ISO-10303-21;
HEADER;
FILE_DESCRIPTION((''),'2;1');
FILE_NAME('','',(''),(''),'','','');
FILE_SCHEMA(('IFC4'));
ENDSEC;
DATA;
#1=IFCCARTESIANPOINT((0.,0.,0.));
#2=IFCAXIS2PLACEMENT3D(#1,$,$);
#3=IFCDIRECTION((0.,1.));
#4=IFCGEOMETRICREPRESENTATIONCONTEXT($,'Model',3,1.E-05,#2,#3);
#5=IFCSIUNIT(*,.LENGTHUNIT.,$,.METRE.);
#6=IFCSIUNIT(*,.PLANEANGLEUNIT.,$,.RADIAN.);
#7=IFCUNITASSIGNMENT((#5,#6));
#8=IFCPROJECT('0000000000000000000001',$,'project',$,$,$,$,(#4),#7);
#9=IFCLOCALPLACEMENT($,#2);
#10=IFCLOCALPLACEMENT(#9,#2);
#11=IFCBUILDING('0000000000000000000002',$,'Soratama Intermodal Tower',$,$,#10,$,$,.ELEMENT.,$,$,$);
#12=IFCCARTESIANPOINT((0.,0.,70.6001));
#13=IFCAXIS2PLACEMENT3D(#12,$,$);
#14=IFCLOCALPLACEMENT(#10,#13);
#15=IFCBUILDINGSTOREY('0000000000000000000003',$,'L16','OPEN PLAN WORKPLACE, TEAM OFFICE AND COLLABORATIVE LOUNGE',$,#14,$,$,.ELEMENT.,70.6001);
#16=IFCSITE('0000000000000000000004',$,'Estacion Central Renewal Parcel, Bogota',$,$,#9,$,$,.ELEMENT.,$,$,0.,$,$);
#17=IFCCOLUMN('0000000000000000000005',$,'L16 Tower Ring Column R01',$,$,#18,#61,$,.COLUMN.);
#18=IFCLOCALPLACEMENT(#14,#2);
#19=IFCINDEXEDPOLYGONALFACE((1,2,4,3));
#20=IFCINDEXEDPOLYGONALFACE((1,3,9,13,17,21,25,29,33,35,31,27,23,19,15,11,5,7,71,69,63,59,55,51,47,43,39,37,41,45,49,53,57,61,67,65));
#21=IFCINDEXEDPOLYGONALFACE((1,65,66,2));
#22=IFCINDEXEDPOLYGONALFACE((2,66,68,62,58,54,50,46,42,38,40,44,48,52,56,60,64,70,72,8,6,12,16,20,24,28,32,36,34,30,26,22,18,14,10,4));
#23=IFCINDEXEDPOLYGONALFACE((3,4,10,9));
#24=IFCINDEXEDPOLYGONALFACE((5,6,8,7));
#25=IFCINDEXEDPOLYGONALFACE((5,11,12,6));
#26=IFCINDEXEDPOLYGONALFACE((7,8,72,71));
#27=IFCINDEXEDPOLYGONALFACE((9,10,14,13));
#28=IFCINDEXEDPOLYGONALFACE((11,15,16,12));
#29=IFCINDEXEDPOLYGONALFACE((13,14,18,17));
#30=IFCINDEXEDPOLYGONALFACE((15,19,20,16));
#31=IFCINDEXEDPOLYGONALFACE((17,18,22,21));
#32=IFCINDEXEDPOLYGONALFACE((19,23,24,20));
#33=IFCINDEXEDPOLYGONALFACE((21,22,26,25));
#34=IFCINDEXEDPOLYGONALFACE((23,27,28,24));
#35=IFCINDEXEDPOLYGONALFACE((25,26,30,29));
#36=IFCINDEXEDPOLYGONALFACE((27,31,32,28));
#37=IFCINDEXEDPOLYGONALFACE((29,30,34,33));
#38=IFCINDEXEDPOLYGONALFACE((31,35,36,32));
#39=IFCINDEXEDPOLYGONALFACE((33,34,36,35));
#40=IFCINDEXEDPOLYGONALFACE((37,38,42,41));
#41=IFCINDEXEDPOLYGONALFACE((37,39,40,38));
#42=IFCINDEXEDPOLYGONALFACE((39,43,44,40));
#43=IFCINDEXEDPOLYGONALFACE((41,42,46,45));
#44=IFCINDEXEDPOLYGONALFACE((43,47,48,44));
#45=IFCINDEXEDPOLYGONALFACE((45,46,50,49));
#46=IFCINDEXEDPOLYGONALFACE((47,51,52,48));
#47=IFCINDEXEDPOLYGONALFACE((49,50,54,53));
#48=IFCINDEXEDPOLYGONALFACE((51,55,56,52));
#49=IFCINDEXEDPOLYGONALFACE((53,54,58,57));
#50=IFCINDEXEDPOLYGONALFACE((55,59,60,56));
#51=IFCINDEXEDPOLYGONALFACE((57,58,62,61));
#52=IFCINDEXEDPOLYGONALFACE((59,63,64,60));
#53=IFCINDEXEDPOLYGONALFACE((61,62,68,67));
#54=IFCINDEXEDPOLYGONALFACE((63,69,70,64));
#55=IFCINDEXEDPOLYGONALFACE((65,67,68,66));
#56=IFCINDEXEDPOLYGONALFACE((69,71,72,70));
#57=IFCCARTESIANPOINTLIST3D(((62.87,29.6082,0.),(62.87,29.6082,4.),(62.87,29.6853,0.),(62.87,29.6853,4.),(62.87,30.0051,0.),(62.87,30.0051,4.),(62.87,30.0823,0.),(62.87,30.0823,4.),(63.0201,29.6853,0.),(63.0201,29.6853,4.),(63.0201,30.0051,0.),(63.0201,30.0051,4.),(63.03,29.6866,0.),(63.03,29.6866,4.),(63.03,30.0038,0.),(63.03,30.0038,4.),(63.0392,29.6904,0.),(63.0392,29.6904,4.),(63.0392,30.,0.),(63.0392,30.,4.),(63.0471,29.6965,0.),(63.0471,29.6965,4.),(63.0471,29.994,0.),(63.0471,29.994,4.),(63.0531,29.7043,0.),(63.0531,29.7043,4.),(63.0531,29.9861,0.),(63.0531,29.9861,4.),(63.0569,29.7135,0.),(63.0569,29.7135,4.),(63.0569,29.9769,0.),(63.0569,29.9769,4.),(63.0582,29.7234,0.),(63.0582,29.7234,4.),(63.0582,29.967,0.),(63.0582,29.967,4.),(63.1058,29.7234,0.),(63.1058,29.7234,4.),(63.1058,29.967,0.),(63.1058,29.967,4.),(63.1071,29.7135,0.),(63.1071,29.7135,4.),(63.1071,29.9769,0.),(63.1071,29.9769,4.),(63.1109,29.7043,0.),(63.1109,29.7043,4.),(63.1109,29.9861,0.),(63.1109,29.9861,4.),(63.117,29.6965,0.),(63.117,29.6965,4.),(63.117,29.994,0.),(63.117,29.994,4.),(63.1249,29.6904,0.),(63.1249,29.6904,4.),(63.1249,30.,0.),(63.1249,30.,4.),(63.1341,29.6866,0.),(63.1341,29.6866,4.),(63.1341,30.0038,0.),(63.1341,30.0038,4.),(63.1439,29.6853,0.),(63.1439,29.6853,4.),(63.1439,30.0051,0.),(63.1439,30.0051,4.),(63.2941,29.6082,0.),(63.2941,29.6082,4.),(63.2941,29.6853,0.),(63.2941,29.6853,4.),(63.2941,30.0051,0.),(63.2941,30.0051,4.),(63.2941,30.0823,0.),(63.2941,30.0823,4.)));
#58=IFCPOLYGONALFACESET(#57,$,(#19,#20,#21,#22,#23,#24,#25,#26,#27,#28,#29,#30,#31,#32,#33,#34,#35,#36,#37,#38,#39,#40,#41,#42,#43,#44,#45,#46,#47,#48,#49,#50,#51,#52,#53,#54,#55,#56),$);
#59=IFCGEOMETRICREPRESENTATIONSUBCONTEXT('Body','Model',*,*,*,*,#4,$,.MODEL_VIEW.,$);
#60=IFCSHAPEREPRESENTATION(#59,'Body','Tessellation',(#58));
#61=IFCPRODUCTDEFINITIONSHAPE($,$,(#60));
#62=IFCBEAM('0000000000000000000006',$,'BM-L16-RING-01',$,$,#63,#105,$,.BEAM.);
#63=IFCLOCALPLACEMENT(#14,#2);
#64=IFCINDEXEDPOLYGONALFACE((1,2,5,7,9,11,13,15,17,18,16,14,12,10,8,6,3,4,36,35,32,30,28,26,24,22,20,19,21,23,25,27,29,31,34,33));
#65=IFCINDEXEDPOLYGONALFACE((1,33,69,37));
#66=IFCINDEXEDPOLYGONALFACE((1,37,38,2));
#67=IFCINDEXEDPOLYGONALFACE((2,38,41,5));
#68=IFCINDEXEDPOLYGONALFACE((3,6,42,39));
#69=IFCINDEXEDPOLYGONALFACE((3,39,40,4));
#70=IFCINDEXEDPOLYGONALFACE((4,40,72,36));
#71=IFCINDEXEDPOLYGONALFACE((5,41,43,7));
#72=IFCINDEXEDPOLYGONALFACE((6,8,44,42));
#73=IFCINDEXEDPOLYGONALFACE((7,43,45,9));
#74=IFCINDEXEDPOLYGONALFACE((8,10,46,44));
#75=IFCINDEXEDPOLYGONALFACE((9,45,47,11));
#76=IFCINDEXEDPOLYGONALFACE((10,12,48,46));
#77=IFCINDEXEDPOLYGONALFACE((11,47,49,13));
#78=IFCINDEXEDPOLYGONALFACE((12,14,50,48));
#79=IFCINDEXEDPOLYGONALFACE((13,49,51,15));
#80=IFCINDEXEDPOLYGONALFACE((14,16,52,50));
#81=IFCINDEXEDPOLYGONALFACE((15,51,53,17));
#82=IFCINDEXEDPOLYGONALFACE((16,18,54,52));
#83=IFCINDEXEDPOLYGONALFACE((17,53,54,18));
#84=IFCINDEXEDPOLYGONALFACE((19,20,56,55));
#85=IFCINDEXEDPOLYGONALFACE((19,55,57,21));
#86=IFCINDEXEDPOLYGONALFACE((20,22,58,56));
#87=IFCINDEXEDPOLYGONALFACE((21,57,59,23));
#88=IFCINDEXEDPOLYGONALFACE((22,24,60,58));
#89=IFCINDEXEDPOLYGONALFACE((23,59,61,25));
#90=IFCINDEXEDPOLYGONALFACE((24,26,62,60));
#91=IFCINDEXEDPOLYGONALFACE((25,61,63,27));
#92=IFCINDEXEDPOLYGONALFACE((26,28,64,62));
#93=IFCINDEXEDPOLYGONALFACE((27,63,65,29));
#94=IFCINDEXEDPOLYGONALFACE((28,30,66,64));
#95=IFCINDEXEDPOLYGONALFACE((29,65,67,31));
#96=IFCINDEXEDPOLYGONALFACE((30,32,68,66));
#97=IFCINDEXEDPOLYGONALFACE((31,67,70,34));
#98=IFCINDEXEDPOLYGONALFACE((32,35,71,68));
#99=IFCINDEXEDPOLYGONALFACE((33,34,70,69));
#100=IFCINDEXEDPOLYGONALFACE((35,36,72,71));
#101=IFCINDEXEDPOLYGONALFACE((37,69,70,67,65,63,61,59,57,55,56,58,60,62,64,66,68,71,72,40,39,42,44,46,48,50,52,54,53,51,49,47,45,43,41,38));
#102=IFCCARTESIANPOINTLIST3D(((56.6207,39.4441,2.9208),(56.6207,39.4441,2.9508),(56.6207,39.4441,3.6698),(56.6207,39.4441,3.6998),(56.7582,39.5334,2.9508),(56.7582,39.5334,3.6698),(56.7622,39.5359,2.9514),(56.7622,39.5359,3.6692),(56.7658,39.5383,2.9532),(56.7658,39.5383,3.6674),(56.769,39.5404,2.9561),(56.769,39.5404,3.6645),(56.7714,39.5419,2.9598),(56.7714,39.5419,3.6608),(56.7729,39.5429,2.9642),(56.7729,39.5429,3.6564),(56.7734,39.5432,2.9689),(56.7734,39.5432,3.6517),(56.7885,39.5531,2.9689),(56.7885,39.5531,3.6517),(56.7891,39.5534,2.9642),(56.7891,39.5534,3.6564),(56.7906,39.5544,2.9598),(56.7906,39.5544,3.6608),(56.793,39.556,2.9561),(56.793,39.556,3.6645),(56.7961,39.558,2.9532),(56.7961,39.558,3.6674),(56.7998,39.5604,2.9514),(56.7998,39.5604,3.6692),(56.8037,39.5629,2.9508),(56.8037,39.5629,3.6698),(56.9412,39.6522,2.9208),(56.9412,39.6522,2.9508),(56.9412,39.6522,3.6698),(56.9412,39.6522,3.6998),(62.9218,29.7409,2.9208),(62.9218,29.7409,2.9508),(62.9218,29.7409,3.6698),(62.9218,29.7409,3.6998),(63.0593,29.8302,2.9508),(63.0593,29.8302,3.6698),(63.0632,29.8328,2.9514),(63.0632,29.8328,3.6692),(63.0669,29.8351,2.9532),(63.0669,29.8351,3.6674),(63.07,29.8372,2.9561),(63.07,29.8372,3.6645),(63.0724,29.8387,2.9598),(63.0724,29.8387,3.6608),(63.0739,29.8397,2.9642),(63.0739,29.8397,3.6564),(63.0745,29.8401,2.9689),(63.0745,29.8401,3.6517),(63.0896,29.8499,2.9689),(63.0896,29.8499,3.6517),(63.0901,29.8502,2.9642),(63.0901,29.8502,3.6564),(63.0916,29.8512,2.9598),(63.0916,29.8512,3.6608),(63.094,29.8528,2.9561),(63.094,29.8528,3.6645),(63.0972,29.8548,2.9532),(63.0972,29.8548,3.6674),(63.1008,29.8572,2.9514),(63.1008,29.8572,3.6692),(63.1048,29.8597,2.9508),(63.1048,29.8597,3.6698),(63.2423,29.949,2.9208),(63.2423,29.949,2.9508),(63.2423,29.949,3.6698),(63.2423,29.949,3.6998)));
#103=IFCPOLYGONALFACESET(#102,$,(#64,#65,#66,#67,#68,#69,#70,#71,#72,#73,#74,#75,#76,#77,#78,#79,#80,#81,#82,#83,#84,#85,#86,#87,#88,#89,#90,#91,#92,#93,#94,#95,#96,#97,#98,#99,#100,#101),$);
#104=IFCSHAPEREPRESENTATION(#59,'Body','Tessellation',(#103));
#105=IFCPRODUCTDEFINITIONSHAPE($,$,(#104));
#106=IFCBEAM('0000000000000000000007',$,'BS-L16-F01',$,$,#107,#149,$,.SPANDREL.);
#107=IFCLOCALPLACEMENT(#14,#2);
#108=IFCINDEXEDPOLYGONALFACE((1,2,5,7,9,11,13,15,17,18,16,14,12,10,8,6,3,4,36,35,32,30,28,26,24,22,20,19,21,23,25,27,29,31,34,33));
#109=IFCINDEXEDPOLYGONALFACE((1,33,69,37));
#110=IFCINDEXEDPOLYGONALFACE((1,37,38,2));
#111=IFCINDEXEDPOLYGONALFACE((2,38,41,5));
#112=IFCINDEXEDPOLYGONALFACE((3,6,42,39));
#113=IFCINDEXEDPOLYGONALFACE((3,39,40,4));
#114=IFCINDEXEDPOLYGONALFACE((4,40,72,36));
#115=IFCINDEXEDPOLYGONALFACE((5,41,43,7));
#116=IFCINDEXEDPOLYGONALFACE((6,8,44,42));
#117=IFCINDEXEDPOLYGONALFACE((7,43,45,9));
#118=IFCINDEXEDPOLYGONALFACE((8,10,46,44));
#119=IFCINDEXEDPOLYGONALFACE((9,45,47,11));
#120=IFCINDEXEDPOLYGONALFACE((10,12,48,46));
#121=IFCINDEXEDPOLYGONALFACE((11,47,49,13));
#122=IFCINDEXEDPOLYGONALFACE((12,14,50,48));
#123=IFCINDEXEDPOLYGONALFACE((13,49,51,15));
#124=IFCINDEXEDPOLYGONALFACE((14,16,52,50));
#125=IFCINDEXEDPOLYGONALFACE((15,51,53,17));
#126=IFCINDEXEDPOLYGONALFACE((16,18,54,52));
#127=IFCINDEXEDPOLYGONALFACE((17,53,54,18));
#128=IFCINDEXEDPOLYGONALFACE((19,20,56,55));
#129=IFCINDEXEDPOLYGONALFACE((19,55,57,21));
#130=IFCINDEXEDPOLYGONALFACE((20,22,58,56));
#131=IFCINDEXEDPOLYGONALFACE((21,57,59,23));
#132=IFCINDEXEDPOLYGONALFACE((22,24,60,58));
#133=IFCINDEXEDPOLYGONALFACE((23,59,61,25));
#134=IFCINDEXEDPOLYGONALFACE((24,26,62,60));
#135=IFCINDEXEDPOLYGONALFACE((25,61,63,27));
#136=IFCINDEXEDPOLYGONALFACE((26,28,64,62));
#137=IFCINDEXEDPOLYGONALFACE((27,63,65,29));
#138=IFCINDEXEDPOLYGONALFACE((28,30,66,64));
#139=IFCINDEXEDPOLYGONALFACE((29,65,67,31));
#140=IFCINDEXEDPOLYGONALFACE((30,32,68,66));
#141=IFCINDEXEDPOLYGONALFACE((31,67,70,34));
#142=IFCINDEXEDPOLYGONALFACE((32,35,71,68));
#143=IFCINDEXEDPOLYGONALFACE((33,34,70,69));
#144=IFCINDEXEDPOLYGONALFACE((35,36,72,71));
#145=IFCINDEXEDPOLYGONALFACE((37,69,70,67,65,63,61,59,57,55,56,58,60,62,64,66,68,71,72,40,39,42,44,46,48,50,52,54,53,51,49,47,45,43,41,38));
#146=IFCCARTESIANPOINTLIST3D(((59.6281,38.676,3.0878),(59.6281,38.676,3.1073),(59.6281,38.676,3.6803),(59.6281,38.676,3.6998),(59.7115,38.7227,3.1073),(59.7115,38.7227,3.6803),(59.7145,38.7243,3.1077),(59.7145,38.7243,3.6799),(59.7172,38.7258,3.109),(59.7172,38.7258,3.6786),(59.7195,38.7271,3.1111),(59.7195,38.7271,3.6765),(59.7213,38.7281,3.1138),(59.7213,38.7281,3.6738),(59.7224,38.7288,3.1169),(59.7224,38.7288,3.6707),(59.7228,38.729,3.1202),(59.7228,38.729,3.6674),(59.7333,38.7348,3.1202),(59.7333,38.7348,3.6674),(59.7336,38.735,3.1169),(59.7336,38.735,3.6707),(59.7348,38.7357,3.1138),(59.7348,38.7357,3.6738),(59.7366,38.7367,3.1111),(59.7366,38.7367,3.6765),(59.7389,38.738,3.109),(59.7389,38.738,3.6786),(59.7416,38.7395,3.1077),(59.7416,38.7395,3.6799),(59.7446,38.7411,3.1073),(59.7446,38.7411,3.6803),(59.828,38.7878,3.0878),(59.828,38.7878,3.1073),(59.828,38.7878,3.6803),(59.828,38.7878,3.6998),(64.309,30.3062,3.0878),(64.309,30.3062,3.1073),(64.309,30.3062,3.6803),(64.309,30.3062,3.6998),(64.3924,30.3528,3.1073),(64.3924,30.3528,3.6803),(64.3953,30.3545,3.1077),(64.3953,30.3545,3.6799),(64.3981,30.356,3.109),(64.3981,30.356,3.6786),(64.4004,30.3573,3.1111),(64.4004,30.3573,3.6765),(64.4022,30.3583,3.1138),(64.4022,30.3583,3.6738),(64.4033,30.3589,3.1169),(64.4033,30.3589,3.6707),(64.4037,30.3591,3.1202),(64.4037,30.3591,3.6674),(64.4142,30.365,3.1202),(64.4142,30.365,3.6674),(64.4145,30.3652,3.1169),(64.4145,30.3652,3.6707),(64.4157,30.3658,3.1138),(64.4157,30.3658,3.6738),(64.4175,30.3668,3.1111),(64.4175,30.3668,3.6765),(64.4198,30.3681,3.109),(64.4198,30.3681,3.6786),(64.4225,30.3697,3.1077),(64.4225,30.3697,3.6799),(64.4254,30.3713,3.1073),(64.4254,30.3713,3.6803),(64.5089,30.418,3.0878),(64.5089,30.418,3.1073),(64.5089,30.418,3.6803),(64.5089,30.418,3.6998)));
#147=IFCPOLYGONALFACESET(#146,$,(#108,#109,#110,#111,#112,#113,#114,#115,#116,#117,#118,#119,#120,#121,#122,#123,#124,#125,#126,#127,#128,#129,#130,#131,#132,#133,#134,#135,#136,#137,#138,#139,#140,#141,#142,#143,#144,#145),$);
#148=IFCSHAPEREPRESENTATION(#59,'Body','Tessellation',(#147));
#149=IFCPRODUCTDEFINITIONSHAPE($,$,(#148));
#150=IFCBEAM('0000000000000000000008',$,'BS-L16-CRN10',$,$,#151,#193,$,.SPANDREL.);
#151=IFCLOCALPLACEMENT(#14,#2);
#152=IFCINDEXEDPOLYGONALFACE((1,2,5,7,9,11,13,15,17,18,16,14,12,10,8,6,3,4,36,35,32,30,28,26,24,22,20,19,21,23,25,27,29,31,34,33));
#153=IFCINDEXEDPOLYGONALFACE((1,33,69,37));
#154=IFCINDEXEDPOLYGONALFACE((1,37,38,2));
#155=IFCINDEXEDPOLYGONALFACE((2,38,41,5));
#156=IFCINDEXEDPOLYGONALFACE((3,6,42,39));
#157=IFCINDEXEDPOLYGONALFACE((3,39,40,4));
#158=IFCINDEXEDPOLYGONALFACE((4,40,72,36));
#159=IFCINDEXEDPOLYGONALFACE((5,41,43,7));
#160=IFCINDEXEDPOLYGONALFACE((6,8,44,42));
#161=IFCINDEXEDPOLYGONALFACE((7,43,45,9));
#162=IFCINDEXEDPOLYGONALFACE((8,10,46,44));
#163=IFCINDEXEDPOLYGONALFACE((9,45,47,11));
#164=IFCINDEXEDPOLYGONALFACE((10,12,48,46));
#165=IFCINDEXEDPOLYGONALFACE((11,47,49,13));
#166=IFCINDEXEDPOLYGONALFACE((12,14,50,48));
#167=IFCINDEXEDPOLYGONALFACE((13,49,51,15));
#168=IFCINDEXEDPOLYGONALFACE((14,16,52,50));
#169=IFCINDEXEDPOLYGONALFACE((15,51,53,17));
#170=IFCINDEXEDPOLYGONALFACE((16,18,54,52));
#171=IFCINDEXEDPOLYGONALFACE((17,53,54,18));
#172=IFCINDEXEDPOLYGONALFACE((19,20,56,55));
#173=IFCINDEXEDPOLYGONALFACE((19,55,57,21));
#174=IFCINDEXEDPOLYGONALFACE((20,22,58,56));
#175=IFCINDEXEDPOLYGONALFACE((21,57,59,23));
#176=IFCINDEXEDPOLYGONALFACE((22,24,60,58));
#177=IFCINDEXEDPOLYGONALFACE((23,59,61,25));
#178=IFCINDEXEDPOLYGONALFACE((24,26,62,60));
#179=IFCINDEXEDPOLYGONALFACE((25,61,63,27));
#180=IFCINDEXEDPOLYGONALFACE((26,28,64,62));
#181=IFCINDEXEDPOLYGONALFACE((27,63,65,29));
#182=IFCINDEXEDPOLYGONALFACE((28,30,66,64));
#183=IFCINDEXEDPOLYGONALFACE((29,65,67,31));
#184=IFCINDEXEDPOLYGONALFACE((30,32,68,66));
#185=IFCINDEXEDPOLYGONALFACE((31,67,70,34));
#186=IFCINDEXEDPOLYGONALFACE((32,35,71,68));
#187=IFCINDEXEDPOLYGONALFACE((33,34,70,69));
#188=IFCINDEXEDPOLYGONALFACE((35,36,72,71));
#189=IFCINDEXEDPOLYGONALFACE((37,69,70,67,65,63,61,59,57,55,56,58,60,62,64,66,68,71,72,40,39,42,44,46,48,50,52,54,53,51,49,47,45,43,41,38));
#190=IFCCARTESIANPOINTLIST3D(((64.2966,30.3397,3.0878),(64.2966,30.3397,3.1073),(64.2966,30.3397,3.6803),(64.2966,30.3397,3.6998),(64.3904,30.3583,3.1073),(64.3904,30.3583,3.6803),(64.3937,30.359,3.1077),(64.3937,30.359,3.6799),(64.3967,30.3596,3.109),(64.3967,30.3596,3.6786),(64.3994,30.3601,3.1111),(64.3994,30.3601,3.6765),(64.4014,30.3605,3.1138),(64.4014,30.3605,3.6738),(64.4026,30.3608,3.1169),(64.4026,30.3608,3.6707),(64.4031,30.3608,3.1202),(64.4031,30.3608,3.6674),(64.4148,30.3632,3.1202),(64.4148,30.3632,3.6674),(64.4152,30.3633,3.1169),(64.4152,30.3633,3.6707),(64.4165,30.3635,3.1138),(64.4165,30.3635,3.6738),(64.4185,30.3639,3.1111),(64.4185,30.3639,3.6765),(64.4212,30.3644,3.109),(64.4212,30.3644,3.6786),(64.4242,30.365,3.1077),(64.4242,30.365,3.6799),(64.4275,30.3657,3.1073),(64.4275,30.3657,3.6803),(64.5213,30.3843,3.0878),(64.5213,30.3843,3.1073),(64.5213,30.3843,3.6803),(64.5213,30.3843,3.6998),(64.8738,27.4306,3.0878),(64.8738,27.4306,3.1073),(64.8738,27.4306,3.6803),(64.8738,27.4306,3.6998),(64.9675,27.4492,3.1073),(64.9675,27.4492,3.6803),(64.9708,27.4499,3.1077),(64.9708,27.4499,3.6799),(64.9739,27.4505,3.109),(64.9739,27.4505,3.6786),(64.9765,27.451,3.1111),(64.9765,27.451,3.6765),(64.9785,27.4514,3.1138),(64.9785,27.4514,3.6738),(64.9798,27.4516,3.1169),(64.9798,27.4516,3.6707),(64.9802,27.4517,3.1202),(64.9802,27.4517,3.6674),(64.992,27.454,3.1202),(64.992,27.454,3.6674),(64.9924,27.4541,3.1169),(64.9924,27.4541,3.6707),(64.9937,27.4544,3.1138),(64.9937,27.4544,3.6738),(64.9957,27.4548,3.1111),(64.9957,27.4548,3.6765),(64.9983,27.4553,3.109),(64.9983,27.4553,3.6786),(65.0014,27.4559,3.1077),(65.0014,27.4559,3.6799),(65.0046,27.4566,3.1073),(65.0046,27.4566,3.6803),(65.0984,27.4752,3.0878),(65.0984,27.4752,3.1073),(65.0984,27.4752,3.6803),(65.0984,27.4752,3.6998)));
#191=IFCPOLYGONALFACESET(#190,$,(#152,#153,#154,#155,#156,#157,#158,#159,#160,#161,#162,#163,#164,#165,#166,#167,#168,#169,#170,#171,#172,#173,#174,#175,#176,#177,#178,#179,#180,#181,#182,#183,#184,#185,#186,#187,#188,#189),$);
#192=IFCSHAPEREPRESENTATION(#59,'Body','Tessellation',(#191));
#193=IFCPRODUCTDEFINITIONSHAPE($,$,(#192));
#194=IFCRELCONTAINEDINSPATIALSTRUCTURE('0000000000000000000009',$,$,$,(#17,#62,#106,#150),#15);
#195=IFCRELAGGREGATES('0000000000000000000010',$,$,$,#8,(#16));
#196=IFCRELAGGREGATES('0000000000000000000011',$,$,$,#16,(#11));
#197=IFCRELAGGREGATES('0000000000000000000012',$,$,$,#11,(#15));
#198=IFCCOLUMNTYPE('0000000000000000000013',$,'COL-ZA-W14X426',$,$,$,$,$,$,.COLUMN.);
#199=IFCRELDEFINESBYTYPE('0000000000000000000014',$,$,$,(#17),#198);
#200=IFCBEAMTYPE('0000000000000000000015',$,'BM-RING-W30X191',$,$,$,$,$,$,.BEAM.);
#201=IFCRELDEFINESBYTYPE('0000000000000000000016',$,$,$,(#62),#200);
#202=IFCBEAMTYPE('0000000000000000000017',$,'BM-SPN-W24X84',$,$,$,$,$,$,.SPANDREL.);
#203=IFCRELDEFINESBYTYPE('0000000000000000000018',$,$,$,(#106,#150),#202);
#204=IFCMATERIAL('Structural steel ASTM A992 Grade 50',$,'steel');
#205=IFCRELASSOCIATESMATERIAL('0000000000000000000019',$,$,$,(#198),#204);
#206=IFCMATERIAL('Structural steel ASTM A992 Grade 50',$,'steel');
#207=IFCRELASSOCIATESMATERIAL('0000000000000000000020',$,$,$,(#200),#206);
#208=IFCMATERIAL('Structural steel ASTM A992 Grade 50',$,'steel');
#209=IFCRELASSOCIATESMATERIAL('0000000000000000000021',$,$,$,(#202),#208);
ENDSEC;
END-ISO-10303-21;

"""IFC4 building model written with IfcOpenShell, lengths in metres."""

from ifc_helpers import new_model, si_unit, direction, frame, origin, origin_2d, place, context, subcontext, project, spatial, i_section, extrude, material, material_profile, profile_set, type_object, element, save


model = new_model("IFC4")

# Units and contexts
model_context = context("Model", 3, precision=1e-05, world=origin(), true_north=direction((0.0, 1.0)))
body_context = subcontext(model_context, "Body", "Model", "MODEL_VIEW")
ifc_project = project(units=[si_unit("LENGTHUNIT", "METRE"), si_unit("PLANEANGLEUNIT", "RADIAN")], contexts=[model_context])

# Site, building, storey
site_placement = place(None, origin())
site = spatial("IfcSite", under=ifc_project, at=site_placement, Name="Estacion Central Renewal Parcel, Bogota", CompositionType="ELEMENT", RefElevation=0.0)
building_placement = place(site_placement, origin())
building = spatial("IfcBuilding", under=site, at=building_placement, Name="Soratama Intermodal Tower", CompositionType="ELEMENT")
storey_placement = place(building_placement, frame((0.0, 0.0, 70.6001)))
storey = spatial("IfcBuildingStorey", under=building, at=storey_placement, Name="L16", Description="OPEN PLAN WORKPLACE, TEAM OFFICE AND COLLABORATIVE LOUNGE", CompositionType="ELEMENT", Elevation=70.6001)

# Column
ifc_material_1 = material(Name="Structural steel ASTM A992 Grade 50", Category="steel")
ifc_material_profile_1 = material_profile(ifc_material_1, i_section(OverallWidth=0.4241, OverallDepth=0.4741, WebThickness=0.0476, FlangeThickness=0.0771, FilletRadius=0.0381, at=origin_2d()), Name="W14X426")
ifc_profile_set_1 = profile_set([ifc_material_profile_1], Name="Structural steel ASTM A992 Grade 50")
column_type = type_object("IfcColumnType", Name="COL-ZA-W14X426", PredefinedType="COLUMN", material=ifc_profile_set_1)
column_placement = place(storey_placement, frame((63.082, 29.8452, 0.0), z_axis=(0.0, 0.0, 1.0), x_axis=(1.0, 0.0, 0.0)))
element("IfcColumn", 1, at=column_placement, inside=storey, type_object=column_type, Name="L16 Tower Ring Column R01", PredefinedType="COLUMN", context=body_context, shape_type="SweptSolid", body=[
    extrude(i_section(OverallWidth=0.4241, OverallDepth=0.4741, WebThickness=0.0476, FlangeThickness=0.0771, FilletRadius=0.0381, at=origin_2d()), origin(), (0.0, 0.0, 1.0), 4.0),
])

# Beams
ifc_material_2 = material(Name="Structural steel ASTM A992 Grade 50", Category="steel")
ifc_material_profile_2 = material_profile(ifc_material_2, i_section(OverallWidth=0.3821, OverallDepth=0.7791, WebThickness=0.0181, FlangeThickness=0.03, FilletRadius=0.0181, at=origin_2d()), Name="W30X191")
ifc_profile_set_2 = profile_set([ifc_material_profile_2], Name="Structural steel ASTM A992 Grade 50")
beam_type_1 = type_object("IfcBeamType", Name="BM-RING-W30X191", PredefinedType="BEAM", material=ifc_profile_set_2)
beam_1_placement = place(storey_placement, frame((63.082, 29.845, 3.3103), z_axis=(-0.544623, 0.838681, 0.0), x_axis=(-0.838681, -0.544623, 0.0)))
element("IfcBeam", 2, at=beam_1_placement, inside=storey, type_object=beam_type_1, Name="BM-L16-RING-01", PredefinedType="BEAM", context=body_context, shape_type="SweptSolid", body=[
    extrude(i_section(OverallWidth=0.3821, OverallDepth=0.7791, WebThickness=0.0181, FlangeThickness=0.03, FilletRadius=0.0181, at=origin_2d()), origin(), (0.0, 0.0, 1.0), 11.5696),
])
ifc_material_3 = material(Name="Structural steel ASTM A992 Grade 50", Category="steel")
ifc_material_profile_3 = material_profile(ifc_material_3, i_section(OverallWidth=0.229, OverallDepth=0.6121, WebThickness=0.012, FlangeThickness=0.0195, FilletRadius=0.0129, at=origin_2d()), Name="W24X84")
ifc_profile_set_3 = profile_set([ifc_material_profile_3], Name="Structural steel ASTM A992 Grade 50")
beam_type_2 = type_object("IfcBeamType", Name="BM-SPN-W24X84", PredefinedType="SPANDREL", material=ifc_profile_set_3)
beam_2_placement = place(storey_placement, frame((64.4089, 30.3621, 3.3938), z_axis=(-0.488109, 0.872782, 0.0), x_axis=(-0.872782, -0.488109, 0.0)))
element("IfcBeam", 3, at=beam_2_placement, inside=storey, type_object=beam_type_2, Name="BS-L16-F01", PredefinedType="SPANDREL", context=body_context, shape_type="SweptSolid", body=[
    extrude(i_section(OverallWidth=0.229, OverallDepth=0.6121, WebThickness=0.012, FlangeThickness=0.0195, FilletRadius=0.0129, at=origin_2d()), origin(), (0.0, 0.0, 1.0), 9.5898),
])
beam_3_placement = place(storey_placement, frame((64.9861, 27.4529, 3.3938), z_axis=(-0.194596, 0.980883, 0.0), x_axis=(-0.980883, -0.194596, 0.0)))
element("IfcBeam", 4, at=beam_3_placement, inside=storey, type_object=beam_type_2, Name="BS-L16-CRN10", PredefinedType="SPANDREL", context=body_context, shape_type="SweptSolid", body=[
    extrude(i_section(OverallWidth=0.229, OverallDepth=0.6121, WebThickness=0.012, FlangeThickness=0.0195, FilletRadius=0.0129, at=origin_2d()), origin(), (0.0, 0.0, 1.0), 2.9658),
])

save(model, "model.ifc")
